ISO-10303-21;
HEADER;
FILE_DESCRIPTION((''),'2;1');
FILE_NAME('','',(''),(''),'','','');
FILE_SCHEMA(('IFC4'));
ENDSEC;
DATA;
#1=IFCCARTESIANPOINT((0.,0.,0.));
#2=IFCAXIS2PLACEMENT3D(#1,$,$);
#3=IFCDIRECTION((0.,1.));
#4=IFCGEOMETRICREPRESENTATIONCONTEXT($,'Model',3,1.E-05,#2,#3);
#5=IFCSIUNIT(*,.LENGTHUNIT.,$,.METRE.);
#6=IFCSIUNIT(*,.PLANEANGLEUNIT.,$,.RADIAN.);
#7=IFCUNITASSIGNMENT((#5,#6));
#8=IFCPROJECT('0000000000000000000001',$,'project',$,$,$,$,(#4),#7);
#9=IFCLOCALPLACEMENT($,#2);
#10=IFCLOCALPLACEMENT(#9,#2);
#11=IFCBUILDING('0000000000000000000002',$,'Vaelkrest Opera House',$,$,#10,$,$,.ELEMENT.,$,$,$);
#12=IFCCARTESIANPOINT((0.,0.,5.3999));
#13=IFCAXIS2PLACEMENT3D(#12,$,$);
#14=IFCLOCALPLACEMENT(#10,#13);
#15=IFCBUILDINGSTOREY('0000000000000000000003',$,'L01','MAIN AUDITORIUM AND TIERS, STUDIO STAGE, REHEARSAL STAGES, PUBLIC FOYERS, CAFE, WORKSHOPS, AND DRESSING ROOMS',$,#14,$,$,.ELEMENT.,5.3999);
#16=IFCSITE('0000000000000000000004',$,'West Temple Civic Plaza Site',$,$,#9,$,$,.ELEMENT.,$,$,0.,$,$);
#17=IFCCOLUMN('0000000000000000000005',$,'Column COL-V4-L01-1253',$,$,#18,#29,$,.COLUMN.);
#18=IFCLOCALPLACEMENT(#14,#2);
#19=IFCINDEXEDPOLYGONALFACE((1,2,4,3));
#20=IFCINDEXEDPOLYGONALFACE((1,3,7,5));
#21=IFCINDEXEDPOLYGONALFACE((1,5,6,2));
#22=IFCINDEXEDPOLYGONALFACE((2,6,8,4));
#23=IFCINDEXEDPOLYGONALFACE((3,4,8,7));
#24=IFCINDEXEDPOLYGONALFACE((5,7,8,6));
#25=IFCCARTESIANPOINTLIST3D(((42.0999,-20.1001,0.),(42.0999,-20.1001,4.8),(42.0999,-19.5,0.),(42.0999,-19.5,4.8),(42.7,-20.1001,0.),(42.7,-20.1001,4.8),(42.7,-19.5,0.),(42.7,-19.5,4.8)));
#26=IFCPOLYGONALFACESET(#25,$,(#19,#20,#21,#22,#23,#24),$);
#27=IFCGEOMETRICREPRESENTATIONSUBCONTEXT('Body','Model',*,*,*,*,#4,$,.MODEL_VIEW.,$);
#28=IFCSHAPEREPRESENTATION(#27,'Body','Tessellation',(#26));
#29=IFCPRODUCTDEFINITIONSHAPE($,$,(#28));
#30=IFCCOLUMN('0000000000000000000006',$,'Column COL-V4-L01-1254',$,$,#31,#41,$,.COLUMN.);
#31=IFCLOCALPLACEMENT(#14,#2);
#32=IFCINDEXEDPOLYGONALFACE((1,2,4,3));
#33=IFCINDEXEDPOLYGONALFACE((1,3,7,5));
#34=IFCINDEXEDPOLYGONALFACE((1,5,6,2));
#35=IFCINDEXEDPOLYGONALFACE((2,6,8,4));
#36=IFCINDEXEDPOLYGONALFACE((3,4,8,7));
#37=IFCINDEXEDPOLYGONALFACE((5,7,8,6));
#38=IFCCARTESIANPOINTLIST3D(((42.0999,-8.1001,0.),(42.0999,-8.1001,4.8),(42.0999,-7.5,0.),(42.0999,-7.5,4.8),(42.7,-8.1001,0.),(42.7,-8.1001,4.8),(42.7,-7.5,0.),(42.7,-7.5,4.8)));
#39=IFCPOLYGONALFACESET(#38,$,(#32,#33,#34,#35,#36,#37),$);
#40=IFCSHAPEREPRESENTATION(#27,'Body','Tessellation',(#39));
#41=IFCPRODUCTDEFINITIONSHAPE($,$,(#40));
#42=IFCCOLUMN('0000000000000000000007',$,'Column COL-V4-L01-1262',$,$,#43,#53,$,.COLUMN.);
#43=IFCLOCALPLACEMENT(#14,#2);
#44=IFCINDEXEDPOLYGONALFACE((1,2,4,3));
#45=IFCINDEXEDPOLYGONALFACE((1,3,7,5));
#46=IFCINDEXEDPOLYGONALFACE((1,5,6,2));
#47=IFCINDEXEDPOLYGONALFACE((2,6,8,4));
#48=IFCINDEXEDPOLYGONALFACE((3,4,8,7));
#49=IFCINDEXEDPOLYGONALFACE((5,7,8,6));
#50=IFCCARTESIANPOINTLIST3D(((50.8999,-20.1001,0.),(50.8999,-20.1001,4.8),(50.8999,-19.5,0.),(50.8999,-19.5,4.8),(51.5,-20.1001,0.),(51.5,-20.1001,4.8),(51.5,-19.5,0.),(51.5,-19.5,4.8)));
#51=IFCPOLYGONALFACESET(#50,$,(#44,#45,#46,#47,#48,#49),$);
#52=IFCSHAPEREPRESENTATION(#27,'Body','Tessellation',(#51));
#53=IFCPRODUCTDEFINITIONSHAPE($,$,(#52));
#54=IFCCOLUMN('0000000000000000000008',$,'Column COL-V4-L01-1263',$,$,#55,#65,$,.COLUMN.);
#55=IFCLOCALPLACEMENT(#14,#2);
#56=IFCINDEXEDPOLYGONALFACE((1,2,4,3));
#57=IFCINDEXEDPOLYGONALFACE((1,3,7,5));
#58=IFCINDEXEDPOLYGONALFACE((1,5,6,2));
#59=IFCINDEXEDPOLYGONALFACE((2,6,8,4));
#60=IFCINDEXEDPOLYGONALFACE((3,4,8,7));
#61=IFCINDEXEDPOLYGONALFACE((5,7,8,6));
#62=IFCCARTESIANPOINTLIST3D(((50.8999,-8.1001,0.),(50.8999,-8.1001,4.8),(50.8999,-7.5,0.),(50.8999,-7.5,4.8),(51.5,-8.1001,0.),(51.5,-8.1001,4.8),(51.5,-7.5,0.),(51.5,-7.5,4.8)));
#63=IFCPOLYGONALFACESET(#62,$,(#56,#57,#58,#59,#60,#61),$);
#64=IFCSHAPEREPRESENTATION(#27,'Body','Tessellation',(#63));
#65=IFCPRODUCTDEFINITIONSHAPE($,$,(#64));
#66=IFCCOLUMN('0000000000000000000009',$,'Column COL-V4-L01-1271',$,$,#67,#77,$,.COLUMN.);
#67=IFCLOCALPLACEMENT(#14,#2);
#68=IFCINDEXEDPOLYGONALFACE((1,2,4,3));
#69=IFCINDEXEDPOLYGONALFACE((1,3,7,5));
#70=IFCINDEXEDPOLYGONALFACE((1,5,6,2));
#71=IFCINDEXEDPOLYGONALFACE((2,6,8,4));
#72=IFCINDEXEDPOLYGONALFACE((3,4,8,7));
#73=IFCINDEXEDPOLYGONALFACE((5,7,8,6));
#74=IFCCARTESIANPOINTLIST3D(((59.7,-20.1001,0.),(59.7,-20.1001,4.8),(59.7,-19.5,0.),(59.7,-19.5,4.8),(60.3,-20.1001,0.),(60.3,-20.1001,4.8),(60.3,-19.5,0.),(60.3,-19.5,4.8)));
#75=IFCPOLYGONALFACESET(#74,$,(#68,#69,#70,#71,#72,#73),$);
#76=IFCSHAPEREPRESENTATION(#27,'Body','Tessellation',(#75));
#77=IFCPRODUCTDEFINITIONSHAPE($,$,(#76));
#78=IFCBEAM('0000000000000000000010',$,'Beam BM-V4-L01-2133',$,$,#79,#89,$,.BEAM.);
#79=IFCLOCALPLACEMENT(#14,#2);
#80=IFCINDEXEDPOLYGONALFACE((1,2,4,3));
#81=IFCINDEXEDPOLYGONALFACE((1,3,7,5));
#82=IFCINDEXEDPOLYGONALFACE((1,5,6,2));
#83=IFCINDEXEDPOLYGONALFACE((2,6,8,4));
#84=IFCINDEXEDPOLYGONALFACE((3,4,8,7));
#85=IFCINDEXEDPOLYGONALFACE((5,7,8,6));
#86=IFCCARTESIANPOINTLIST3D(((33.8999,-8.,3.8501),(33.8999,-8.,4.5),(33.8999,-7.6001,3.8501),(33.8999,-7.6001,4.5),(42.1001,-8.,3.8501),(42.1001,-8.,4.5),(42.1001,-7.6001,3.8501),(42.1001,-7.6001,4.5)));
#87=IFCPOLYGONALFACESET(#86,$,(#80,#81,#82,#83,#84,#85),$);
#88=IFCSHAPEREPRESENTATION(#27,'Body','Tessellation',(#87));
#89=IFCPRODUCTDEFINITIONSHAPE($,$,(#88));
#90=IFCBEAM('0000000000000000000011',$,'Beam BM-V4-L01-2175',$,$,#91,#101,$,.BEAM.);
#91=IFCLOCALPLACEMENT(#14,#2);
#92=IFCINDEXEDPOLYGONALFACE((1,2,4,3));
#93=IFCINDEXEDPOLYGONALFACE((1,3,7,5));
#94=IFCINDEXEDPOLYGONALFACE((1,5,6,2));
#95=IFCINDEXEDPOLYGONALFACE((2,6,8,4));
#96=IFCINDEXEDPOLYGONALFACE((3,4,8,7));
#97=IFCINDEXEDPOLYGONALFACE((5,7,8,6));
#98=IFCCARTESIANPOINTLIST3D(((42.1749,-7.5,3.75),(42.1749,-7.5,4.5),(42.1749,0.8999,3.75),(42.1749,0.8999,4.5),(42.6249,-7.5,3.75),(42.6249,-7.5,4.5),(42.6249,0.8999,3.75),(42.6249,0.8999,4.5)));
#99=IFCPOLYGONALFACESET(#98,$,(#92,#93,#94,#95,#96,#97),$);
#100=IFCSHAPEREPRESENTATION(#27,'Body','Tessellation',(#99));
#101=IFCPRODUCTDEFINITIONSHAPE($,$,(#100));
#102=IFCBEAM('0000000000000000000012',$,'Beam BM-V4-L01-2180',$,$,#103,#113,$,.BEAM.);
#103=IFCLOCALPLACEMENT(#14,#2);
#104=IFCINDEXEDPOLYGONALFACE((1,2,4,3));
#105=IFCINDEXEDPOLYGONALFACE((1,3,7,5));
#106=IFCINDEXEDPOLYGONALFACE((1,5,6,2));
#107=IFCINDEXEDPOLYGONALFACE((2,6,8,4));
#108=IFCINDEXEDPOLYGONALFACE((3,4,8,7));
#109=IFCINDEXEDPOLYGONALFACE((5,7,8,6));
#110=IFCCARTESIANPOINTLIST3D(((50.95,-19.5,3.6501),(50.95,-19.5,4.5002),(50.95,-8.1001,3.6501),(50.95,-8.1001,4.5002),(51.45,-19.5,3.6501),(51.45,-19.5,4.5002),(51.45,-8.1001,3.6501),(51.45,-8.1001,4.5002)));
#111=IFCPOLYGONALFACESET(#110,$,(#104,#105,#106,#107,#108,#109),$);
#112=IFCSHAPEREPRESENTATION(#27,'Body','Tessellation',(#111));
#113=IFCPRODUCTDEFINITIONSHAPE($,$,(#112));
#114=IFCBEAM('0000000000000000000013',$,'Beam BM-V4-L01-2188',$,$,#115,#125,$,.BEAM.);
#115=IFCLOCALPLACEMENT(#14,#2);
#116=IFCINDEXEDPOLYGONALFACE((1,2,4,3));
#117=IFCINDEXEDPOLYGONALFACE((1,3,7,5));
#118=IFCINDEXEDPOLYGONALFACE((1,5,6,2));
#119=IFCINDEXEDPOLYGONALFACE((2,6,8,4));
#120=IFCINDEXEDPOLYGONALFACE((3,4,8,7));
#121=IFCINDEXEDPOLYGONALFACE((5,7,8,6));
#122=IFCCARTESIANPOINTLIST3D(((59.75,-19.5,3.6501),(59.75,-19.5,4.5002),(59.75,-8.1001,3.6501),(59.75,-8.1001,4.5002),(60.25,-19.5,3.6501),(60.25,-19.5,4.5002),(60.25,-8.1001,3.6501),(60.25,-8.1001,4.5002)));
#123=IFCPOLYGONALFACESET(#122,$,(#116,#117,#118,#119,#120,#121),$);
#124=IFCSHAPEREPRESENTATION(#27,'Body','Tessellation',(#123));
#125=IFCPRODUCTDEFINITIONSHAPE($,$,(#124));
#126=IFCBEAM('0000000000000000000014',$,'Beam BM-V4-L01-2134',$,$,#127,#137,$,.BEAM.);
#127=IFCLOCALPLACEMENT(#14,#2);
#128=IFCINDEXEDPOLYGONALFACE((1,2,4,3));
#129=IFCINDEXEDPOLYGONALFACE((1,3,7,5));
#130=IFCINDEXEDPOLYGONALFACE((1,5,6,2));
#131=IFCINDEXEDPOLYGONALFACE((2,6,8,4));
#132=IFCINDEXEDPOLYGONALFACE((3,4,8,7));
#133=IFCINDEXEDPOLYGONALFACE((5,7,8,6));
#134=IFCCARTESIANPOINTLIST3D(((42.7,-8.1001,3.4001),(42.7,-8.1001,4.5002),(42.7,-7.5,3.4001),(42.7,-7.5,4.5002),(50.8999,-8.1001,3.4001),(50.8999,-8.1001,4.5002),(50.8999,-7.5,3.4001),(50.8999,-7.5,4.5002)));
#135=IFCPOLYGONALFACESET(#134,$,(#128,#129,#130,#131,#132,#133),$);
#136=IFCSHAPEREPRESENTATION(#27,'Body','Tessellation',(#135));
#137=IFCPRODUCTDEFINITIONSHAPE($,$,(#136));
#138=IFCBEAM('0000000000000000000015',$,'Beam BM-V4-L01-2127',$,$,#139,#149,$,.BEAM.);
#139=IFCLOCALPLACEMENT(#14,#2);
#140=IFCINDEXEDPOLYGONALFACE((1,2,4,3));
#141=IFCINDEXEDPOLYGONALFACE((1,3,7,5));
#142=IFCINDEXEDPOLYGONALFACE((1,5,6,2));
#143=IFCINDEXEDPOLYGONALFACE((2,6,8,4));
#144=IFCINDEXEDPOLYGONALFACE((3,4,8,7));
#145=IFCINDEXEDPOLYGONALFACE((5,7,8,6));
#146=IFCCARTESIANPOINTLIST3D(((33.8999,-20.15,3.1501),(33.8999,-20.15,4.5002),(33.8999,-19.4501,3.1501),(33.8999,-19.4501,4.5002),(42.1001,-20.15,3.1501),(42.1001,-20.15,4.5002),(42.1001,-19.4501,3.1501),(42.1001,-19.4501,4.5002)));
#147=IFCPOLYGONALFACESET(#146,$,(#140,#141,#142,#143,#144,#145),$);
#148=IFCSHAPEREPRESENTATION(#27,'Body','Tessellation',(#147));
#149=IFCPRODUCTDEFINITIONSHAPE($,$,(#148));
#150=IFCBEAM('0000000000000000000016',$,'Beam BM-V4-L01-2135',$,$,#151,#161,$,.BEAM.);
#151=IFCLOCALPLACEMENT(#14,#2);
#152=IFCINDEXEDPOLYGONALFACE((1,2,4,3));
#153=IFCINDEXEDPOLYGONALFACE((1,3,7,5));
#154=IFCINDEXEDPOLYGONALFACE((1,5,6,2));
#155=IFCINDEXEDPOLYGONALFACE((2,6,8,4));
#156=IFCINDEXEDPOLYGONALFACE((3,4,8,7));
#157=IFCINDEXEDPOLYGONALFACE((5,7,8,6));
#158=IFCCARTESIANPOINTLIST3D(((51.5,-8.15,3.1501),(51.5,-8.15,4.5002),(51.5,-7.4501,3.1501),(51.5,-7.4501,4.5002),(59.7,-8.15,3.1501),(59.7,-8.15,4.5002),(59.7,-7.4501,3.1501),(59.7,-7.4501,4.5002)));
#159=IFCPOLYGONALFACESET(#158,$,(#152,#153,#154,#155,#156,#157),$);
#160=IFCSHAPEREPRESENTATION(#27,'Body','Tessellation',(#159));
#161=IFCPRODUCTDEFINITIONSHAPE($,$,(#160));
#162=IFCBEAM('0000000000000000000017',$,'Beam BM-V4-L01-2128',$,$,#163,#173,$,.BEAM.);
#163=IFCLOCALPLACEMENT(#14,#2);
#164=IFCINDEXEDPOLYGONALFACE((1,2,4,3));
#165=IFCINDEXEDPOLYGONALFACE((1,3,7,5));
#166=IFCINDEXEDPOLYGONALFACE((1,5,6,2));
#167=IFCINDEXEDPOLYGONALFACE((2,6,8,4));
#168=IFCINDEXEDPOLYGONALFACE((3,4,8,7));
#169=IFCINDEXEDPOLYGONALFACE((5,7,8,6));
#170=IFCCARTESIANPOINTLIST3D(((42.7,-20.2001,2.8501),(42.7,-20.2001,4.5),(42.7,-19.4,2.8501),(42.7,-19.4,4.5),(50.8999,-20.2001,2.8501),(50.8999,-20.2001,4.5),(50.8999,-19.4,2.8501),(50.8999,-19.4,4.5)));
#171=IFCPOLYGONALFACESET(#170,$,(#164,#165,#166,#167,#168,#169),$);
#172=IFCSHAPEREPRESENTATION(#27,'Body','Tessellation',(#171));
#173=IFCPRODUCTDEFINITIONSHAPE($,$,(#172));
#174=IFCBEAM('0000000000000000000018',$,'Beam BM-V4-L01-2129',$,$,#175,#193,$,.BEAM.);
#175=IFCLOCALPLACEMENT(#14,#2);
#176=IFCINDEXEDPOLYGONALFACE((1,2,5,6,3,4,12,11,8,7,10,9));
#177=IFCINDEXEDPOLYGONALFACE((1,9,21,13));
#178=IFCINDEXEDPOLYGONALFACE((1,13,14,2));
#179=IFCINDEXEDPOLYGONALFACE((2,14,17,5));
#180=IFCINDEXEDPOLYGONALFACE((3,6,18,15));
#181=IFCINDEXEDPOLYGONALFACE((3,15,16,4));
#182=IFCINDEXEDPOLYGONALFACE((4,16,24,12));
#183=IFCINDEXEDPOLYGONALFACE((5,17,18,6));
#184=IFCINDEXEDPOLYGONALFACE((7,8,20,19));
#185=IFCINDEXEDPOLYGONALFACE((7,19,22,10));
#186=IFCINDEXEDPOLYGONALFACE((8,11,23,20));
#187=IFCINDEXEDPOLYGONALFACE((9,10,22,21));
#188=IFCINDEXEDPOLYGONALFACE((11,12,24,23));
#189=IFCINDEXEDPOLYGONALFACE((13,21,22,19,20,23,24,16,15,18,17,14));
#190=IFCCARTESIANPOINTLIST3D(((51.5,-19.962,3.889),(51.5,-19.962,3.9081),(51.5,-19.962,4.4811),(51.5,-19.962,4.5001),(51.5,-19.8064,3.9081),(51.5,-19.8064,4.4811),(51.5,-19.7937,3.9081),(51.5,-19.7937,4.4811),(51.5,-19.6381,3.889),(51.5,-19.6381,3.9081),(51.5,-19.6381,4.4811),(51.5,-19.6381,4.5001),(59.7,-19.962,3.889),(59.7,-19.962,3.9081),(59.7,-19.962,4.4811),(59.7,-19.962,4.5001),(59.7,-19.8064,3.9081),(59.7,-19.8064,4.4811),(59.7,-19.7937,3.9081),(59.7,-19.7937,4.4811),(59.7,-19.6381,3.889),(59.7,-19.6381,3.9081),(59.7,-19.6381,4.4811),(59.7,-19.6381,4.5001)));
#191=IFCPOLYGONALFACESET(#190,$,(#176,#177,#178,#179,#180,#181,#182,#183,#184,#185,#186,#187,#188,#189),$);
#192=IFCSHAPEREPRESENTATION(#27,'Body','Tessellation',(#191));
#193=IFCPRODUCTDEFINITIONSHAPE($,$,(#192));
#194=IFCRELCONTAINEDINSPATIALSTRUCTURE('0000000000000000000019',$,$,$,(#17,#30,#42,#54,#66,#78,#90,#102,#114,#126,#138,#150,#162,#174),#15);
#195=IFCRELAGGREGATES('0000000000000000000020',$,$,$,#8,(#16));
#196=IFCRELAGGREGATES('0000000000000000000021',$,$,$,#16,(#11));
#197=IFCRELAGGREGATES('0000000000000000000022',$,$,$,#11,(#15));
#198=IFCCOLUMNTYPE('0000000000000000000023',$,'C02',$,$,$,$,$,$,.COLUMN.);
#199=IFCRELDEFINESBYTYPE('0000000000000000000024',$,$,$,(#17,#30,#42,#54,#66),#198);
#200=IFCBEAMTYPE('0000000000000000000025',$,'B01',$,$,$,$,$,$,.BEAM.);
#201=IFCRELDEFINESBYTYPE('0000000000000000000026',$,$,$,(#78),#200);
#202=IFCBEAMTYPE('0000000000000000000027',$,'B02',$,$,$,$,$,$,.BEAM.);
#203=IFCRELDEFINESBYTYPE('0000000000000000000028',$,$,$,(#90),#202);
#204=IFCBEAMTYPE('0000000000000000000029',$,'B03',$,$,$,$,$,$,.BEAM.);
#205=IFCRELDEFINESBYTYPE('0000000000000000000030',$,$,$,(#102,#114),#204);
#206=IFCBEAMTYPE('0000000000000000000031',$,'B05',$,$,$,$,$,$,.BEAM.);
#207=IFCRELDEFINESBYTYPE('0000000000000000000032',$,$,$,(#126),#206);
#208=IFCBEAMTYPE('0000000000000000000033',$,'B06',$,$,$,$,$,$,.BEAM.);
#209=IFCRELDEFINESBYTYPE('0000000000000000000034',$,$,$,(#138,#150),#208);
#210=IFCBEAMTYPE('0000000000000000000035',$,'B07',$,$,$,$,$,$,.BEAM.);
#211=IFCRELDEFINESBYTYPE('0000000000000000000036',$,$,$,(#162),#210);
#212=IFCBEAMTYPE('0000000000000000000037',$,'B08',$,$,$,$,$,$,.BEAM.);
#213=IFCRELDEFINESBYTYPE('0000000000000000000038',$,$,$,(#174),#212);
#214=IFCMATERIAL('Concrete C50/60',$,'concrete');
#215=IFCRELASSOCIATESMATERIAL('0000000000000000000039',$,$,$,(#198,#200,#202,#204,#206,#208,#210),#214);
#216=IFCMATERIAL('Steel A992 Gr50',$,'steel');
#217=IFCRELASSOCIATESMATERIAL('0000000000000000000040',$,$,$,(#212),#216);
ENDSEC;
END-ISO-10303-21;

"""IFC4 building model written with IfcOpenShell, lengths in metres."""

from ifc_helpers import new_model, si_unit, direction, frame, origin, origin_2d, place, context, subcontext, project, spatial, rectangle, i_section, extrude, material, material_profile, profile_set, type_object, element, save


model = new_model("IFC4")

# Units and contexts
model_context = context("Model", 3, precision=1e-05, world=origin(), true_north=direction((0.0, 1.0)))
body_context = subcontext(model_context, "Body", "Model", "MODEL_VIEW")
ifc_project = project(units=[si_unit("LENGTHUNIT", "METRE"), si_unit("PLANEANGLEUNIT", "RADIAN")], contexts=[model_context])

# Site, building, storey
site_placement = place(None, origin())
site = spatial("IfcSite", under=ifc_project, at=site_placement, Name="West Temple Civic Plaza Site", CompositionType="ELEMENT", RefElevation=0.0)
building_placement = place(site_placement, origin())
building = spatial("IfcBuilding", under=site, at=building_placement, Name="Vaelkrest Opera House", CompositionType="ELEMENT")
storey_placement = place(building_placement, frame((0.0, 0.0, 5.3999)))
storey = spatial("IfcBuildingStorey", under=building, at=storey_placement, Name="L01", Description="MAIN AUDITORIUM AND TIERS, STUDIO STAGE, REHEARSAL STAGES, PUBLIC FOYERS, CAFE, WORKSHOPS, AND DRESSING ROOMS", CompositionType="ELEMENT", Elevation=5.3999)

# Columns
ifc_material_1 = material(Name="Concrete C50/60", Category="concrete")
ifc_material_profile_1 = material_profile(ifc_material_1, rectangle(XDim=0.6001, YDim=0.6001, at=origin_2d()), Name="RC600X600")
ifc_profile_set_1 = profile_set([ifc_material_profile_1], Name="Concrete C50/60")
column_type = type_object("IfcColumnType", Name="C02", PredefinedType="COLUMN", material=ifc_profile_set_1)
for number, where, z_axis, x_axis, name in (
    (1, (42.3999, -19.8, 0.0), (0.0, 0.0, 1.0), (1.0, 0.0, 0.0), "Column COL-V4-L01-1253"),
    (2, (42.3999, -7.8, 0.0), (0.0, 0.0, 1.0), (1.0, 0.0, 0.0), "Column COL-V4-L01-1254"),
    (3, (51.2, -19.8, 0.0), (0.0, 0.0, 1.0), (1.0, 0.0, 0.0), "Column COL-V4-L01-1262"),
    (4, (51.2, -7.8, 0.0), (0.0, 0.0, 1.0), (1.0, 0.0, 0.0), "Column COL-V4-L01-1263"),
    (5, (60.0, -19.8, 0.0), (0.0, 0.0, 1.0), (1.0, 0.0, 0.0), "Column COL-V4-L01-1271"),
):
    element("IfcColumn", number, at=place(storey_placement, frame(where, z_axis=z_axis, x_axis=x_axis)), inside=storey, type_object=column_type, Name=name, PredefinedType="COLUMN", context=body_context, shape_type="SweptSolid", body=[
        extrude(rectangle(XDim=0.6001, YDim=0.6001, at=origin_2d()), origin(), (0.0, 0.0, 1.0), 4.8),
    ])

# Beams
ifc_material_profile_2 = material_profile(ifc_material_1, rectangle(XDim=0.3999, YDim=0.6499, at=origin_2d()), Name="RCB400X650")
ifc_profile_set_2 = profile_set([ifc_material_profile_2], Name="Concrete C50/60")
beam_type_1 = type_object("IfcBeamType", Name="B01", PredefinedType="BEAM", material=ifc_profile_set_2)
beam_1_placement = place(storey_placement, frame((33.8999, -7.8, 4.175), z_axis=(1.0, 0.0, 0.0), x_axis=(0.0, 1.0, 0.0)))
element("IfcBeam", 6, at=beam_1_placement, inside=storey, type_object=beam_type_1, Name="Beam BM-V4-L01-2133", PredefinedType="BEAM", context=body_context, shape_type="SweptSolid", body=[
    extrude(rectangle(XDim=0.3999, YDim=0.6499, at=origin_2d()), origin(), (0.0, 0.0, 1.0), 8.2002),
])
ifc_material_profile_3 = material_profile(ifc_material_1, rectangle(XDim=0.45, YDim=0.75, at=origin_2d()), Name="RCB450X750")
ifc_profile_set_3 = profile_set([ifc_material_profile_3], Name="Concrete C50/60")
beam_type_2 = type_object("IfcBeamType", Name="B02", PredefinedType="BEAM", material=ifc_profile_set_3)
beam_2_placement = place(storey_placement, frame((42.3999, -7.5, 4.125), z_axis=(0.0, 1.0, 0.0), x_axis=(-1.0, 0.0, 0.0)))
element("IfcBeam", 7, at=beam_2_placement, inside=storey, type_object=beam_type_2, Name="Beam BM-V4-L01-2175", PredefinedType="BEAM", context=body_context, shape_type="SweptSolid", body=[
    extrude(rectangle(XDim=0.45, YDim=0.75, at=origin_2d()), origin(), (0.0, 0.0, 1.0), 8.3999),
])
ifc_material_profile_4 = material_profile(ifc_material_1, rectangle(XDim=0.5, YDim=0.8501, at=origin_2d()), Name="RCB500X850")
ifc_profile_set_4 = profile_set([ifc_material_profile_4], Name="Concrete C50/60")
beam_type_3 = type_object("IfcBeamType", Name="B03", PredefinedType="BEAM", material=ifc_profile_set_4)
for number, where, z_axis, x_axis, name in (
    (8, (51.2, -19.5, 4.0752), (0.0, 1.0, 0.0), (-1.0, 0.0, 0.0), "Beam BM-V4-L01-2180"),
    (9, (60.0, -19.5, 4.0752), (0.0, 1.0, 0.0), (-1.0, 0.0, 0.0), "Beam BM-V4-L01-2188"),
):
    element("IfcBeam", number, at=place(storey_placement, frame(where, z_axis=z_axis, x_axis=x_axis)), inside=storey, type_object=beam_type_3, Name=name, PredefinedType="BEAM", context=body_context, shape_type="SweptSolid", body=[
        extrude(rectangle(XDim=0.5, YDim=0.8501, at=origin_2d()), origin(), (0.0, 0.0, 1.0), 11.3999),
    ])
ifc_material_profile_5 = material_profile(ifc_material_1, rectangle(XDim=0.6001, YDim=1.1001, at=origin_2d()), Name="RCB600X1100")
ifc_profile_set_5 = profile_set([ifc_material_profile_5], Name="Concrete C50/60")
beam_type_4 = type_object("IfcBeamType", Name="B05", PredefinedType="BEAM", material=ifc_profile_set_5)
beam_3_placement = place(storey_placement, frame((42.7, -7.8, 3.9502), z_axis=(1.0, 0.0, 0.0), x_axis=(0.0, 1.0, 0.0)))
element("IfcBeam", 10, at=beam_3_placement, inside=storey, type_object=beam_type_4, Name="Beam BM-V4-L01-2134", PredefinedType="BEAM", context=body_context, shape_type="SweptSolid", body=[
    extrude(rectangle(XDim=0.6001, YDim=1.1001, at=origin_2d()), origin(), (0.0, 0.0, 1.0), 8.2),
])
ifc_material_profile_6 = material_profile(ifc_material_1, rectangle(XDim=0.7, YDim=1.3501, at=origin_2d()), Name="RCB700X1350")
ifc_profile_set_6 = profile_set([ifc_material_profile_6], Name="Concrete C50/60")
beam_type_5 = type_object("IfcBeamType", Name="B06", PredefinedType="BEAM", material=ifc_profile_set_6)
beam_4_placement = place(storey_placement, frame((33.8999, -19.8, 3.8252), z_axis=(1.0, 0.0, 0.0), x_axis=(0.0, 1.0, 0.0)))
element("IfcBeam", 11, at=beam_4_placement, inside=storey, type_object=beam_type_5, Name="Beam BM-V4-L01-2127", PredefinedType="BEAM", context=body_context, shape_type="SweptSolid", body=[
    extrude(rectangle(XDim=0.7, YDim=1.3501, at=origin_2d()), origin(), (0.0, 0.0, 1.0), 8.2002),
])
beam_5_placement = place(storey_placement, frame((51.5, -7.8, 3.8252), z_axis=(1.0, 0.0, 0.0), x_axis=(0.0, 1.0, 0.0)))
element("IfcBeam", 12, at=beam_5_placement, inside=storey, type_object=beam_type_5, Name="Beam BM-V4-L01-2135", PredefinedType="BEAM", context=body_context, shape_type="SweptSolid", body=[
    extrude(rectangle(XDim=0.7, YDim=1.3501, at=origin_2d()), origin(), (0.0, 0.0, 1.0), 8.2),
])
ifc_material_profile_7 = material_profile(ifc_material_1, rectangle(XDim=0.8, YDim=1.6499, at=origin_2d()), Name="RCB800X1650")
ifc_profile_set_7 = profile_set([ifc_material_profile_7], Name="Concrete C50/60")
beam_type_6 = type_object("IfcBeamType", Name="B07", PredefinedType="BEAM", material=ifc_profile_set_7)
beam_6_placement = place(storey_placement, frame((42.7, -19.8, 3.675), z_axis=(1.0, 0.0, 0.0), x_axis=(0.0, 1.0, 0.0)))
element("IfcBeam", 13, at=beam_6_placement, inside=storey, type_object=beam_type_6, Name="Beam BM-V4-L01-2128", PredefinedType="BEAM", context=body_context, shape_type="SweptSolid", body=[
    extrude(rectangle(XDim=0.8, YDim=1.6499, at=origin_2d()), origin(), (0.0, 0.0, 1.0), 8.2),
])
ifc_material_2 = material(Name="Steel A992 Gr50", Category="steel")
ifc_material_profile_8 = material_profile(ifc_material_2, i_section(OverallWidth=0.324, OverallDepth=0.6111, WebThickness=0.0127, FlangeThickness=0.019, at=origin_2d()), Name="W24X104")
ifc_profile_set_8 = profile_set([ifc_material_profile_8], Name="Steel A992 Gr50")
beam_type_7 = type_object("IfcBeamType", Name="B08", PredefinedType="BEAM", material=ifc_profile_set_8)
beam_7_placement = place(storey_placement, frame((51.5, -19.8, 4.1946), z_axis=(1.0, 0.0, 0.0), x_axis=(0.0, 1.0, 0.0)))
element("IfcBeam", 14, at=beam_7_placement, inside=storey, type_object=beam_type_7, Name="Beam BM-V4-L01-2129", PredefinedType="BEAM", context=body_context, shape_type="SweptSolid", body=[
    extrude(i_section(OverallWidth=0.324, OverallDepth=0.6111, WebThickness=0.0127, FlangeThickness=0.019, at=origin_2d()), origin(), (0.0, 0.0, 1.0), 8.2),
])

save(model, "model.ifc")
